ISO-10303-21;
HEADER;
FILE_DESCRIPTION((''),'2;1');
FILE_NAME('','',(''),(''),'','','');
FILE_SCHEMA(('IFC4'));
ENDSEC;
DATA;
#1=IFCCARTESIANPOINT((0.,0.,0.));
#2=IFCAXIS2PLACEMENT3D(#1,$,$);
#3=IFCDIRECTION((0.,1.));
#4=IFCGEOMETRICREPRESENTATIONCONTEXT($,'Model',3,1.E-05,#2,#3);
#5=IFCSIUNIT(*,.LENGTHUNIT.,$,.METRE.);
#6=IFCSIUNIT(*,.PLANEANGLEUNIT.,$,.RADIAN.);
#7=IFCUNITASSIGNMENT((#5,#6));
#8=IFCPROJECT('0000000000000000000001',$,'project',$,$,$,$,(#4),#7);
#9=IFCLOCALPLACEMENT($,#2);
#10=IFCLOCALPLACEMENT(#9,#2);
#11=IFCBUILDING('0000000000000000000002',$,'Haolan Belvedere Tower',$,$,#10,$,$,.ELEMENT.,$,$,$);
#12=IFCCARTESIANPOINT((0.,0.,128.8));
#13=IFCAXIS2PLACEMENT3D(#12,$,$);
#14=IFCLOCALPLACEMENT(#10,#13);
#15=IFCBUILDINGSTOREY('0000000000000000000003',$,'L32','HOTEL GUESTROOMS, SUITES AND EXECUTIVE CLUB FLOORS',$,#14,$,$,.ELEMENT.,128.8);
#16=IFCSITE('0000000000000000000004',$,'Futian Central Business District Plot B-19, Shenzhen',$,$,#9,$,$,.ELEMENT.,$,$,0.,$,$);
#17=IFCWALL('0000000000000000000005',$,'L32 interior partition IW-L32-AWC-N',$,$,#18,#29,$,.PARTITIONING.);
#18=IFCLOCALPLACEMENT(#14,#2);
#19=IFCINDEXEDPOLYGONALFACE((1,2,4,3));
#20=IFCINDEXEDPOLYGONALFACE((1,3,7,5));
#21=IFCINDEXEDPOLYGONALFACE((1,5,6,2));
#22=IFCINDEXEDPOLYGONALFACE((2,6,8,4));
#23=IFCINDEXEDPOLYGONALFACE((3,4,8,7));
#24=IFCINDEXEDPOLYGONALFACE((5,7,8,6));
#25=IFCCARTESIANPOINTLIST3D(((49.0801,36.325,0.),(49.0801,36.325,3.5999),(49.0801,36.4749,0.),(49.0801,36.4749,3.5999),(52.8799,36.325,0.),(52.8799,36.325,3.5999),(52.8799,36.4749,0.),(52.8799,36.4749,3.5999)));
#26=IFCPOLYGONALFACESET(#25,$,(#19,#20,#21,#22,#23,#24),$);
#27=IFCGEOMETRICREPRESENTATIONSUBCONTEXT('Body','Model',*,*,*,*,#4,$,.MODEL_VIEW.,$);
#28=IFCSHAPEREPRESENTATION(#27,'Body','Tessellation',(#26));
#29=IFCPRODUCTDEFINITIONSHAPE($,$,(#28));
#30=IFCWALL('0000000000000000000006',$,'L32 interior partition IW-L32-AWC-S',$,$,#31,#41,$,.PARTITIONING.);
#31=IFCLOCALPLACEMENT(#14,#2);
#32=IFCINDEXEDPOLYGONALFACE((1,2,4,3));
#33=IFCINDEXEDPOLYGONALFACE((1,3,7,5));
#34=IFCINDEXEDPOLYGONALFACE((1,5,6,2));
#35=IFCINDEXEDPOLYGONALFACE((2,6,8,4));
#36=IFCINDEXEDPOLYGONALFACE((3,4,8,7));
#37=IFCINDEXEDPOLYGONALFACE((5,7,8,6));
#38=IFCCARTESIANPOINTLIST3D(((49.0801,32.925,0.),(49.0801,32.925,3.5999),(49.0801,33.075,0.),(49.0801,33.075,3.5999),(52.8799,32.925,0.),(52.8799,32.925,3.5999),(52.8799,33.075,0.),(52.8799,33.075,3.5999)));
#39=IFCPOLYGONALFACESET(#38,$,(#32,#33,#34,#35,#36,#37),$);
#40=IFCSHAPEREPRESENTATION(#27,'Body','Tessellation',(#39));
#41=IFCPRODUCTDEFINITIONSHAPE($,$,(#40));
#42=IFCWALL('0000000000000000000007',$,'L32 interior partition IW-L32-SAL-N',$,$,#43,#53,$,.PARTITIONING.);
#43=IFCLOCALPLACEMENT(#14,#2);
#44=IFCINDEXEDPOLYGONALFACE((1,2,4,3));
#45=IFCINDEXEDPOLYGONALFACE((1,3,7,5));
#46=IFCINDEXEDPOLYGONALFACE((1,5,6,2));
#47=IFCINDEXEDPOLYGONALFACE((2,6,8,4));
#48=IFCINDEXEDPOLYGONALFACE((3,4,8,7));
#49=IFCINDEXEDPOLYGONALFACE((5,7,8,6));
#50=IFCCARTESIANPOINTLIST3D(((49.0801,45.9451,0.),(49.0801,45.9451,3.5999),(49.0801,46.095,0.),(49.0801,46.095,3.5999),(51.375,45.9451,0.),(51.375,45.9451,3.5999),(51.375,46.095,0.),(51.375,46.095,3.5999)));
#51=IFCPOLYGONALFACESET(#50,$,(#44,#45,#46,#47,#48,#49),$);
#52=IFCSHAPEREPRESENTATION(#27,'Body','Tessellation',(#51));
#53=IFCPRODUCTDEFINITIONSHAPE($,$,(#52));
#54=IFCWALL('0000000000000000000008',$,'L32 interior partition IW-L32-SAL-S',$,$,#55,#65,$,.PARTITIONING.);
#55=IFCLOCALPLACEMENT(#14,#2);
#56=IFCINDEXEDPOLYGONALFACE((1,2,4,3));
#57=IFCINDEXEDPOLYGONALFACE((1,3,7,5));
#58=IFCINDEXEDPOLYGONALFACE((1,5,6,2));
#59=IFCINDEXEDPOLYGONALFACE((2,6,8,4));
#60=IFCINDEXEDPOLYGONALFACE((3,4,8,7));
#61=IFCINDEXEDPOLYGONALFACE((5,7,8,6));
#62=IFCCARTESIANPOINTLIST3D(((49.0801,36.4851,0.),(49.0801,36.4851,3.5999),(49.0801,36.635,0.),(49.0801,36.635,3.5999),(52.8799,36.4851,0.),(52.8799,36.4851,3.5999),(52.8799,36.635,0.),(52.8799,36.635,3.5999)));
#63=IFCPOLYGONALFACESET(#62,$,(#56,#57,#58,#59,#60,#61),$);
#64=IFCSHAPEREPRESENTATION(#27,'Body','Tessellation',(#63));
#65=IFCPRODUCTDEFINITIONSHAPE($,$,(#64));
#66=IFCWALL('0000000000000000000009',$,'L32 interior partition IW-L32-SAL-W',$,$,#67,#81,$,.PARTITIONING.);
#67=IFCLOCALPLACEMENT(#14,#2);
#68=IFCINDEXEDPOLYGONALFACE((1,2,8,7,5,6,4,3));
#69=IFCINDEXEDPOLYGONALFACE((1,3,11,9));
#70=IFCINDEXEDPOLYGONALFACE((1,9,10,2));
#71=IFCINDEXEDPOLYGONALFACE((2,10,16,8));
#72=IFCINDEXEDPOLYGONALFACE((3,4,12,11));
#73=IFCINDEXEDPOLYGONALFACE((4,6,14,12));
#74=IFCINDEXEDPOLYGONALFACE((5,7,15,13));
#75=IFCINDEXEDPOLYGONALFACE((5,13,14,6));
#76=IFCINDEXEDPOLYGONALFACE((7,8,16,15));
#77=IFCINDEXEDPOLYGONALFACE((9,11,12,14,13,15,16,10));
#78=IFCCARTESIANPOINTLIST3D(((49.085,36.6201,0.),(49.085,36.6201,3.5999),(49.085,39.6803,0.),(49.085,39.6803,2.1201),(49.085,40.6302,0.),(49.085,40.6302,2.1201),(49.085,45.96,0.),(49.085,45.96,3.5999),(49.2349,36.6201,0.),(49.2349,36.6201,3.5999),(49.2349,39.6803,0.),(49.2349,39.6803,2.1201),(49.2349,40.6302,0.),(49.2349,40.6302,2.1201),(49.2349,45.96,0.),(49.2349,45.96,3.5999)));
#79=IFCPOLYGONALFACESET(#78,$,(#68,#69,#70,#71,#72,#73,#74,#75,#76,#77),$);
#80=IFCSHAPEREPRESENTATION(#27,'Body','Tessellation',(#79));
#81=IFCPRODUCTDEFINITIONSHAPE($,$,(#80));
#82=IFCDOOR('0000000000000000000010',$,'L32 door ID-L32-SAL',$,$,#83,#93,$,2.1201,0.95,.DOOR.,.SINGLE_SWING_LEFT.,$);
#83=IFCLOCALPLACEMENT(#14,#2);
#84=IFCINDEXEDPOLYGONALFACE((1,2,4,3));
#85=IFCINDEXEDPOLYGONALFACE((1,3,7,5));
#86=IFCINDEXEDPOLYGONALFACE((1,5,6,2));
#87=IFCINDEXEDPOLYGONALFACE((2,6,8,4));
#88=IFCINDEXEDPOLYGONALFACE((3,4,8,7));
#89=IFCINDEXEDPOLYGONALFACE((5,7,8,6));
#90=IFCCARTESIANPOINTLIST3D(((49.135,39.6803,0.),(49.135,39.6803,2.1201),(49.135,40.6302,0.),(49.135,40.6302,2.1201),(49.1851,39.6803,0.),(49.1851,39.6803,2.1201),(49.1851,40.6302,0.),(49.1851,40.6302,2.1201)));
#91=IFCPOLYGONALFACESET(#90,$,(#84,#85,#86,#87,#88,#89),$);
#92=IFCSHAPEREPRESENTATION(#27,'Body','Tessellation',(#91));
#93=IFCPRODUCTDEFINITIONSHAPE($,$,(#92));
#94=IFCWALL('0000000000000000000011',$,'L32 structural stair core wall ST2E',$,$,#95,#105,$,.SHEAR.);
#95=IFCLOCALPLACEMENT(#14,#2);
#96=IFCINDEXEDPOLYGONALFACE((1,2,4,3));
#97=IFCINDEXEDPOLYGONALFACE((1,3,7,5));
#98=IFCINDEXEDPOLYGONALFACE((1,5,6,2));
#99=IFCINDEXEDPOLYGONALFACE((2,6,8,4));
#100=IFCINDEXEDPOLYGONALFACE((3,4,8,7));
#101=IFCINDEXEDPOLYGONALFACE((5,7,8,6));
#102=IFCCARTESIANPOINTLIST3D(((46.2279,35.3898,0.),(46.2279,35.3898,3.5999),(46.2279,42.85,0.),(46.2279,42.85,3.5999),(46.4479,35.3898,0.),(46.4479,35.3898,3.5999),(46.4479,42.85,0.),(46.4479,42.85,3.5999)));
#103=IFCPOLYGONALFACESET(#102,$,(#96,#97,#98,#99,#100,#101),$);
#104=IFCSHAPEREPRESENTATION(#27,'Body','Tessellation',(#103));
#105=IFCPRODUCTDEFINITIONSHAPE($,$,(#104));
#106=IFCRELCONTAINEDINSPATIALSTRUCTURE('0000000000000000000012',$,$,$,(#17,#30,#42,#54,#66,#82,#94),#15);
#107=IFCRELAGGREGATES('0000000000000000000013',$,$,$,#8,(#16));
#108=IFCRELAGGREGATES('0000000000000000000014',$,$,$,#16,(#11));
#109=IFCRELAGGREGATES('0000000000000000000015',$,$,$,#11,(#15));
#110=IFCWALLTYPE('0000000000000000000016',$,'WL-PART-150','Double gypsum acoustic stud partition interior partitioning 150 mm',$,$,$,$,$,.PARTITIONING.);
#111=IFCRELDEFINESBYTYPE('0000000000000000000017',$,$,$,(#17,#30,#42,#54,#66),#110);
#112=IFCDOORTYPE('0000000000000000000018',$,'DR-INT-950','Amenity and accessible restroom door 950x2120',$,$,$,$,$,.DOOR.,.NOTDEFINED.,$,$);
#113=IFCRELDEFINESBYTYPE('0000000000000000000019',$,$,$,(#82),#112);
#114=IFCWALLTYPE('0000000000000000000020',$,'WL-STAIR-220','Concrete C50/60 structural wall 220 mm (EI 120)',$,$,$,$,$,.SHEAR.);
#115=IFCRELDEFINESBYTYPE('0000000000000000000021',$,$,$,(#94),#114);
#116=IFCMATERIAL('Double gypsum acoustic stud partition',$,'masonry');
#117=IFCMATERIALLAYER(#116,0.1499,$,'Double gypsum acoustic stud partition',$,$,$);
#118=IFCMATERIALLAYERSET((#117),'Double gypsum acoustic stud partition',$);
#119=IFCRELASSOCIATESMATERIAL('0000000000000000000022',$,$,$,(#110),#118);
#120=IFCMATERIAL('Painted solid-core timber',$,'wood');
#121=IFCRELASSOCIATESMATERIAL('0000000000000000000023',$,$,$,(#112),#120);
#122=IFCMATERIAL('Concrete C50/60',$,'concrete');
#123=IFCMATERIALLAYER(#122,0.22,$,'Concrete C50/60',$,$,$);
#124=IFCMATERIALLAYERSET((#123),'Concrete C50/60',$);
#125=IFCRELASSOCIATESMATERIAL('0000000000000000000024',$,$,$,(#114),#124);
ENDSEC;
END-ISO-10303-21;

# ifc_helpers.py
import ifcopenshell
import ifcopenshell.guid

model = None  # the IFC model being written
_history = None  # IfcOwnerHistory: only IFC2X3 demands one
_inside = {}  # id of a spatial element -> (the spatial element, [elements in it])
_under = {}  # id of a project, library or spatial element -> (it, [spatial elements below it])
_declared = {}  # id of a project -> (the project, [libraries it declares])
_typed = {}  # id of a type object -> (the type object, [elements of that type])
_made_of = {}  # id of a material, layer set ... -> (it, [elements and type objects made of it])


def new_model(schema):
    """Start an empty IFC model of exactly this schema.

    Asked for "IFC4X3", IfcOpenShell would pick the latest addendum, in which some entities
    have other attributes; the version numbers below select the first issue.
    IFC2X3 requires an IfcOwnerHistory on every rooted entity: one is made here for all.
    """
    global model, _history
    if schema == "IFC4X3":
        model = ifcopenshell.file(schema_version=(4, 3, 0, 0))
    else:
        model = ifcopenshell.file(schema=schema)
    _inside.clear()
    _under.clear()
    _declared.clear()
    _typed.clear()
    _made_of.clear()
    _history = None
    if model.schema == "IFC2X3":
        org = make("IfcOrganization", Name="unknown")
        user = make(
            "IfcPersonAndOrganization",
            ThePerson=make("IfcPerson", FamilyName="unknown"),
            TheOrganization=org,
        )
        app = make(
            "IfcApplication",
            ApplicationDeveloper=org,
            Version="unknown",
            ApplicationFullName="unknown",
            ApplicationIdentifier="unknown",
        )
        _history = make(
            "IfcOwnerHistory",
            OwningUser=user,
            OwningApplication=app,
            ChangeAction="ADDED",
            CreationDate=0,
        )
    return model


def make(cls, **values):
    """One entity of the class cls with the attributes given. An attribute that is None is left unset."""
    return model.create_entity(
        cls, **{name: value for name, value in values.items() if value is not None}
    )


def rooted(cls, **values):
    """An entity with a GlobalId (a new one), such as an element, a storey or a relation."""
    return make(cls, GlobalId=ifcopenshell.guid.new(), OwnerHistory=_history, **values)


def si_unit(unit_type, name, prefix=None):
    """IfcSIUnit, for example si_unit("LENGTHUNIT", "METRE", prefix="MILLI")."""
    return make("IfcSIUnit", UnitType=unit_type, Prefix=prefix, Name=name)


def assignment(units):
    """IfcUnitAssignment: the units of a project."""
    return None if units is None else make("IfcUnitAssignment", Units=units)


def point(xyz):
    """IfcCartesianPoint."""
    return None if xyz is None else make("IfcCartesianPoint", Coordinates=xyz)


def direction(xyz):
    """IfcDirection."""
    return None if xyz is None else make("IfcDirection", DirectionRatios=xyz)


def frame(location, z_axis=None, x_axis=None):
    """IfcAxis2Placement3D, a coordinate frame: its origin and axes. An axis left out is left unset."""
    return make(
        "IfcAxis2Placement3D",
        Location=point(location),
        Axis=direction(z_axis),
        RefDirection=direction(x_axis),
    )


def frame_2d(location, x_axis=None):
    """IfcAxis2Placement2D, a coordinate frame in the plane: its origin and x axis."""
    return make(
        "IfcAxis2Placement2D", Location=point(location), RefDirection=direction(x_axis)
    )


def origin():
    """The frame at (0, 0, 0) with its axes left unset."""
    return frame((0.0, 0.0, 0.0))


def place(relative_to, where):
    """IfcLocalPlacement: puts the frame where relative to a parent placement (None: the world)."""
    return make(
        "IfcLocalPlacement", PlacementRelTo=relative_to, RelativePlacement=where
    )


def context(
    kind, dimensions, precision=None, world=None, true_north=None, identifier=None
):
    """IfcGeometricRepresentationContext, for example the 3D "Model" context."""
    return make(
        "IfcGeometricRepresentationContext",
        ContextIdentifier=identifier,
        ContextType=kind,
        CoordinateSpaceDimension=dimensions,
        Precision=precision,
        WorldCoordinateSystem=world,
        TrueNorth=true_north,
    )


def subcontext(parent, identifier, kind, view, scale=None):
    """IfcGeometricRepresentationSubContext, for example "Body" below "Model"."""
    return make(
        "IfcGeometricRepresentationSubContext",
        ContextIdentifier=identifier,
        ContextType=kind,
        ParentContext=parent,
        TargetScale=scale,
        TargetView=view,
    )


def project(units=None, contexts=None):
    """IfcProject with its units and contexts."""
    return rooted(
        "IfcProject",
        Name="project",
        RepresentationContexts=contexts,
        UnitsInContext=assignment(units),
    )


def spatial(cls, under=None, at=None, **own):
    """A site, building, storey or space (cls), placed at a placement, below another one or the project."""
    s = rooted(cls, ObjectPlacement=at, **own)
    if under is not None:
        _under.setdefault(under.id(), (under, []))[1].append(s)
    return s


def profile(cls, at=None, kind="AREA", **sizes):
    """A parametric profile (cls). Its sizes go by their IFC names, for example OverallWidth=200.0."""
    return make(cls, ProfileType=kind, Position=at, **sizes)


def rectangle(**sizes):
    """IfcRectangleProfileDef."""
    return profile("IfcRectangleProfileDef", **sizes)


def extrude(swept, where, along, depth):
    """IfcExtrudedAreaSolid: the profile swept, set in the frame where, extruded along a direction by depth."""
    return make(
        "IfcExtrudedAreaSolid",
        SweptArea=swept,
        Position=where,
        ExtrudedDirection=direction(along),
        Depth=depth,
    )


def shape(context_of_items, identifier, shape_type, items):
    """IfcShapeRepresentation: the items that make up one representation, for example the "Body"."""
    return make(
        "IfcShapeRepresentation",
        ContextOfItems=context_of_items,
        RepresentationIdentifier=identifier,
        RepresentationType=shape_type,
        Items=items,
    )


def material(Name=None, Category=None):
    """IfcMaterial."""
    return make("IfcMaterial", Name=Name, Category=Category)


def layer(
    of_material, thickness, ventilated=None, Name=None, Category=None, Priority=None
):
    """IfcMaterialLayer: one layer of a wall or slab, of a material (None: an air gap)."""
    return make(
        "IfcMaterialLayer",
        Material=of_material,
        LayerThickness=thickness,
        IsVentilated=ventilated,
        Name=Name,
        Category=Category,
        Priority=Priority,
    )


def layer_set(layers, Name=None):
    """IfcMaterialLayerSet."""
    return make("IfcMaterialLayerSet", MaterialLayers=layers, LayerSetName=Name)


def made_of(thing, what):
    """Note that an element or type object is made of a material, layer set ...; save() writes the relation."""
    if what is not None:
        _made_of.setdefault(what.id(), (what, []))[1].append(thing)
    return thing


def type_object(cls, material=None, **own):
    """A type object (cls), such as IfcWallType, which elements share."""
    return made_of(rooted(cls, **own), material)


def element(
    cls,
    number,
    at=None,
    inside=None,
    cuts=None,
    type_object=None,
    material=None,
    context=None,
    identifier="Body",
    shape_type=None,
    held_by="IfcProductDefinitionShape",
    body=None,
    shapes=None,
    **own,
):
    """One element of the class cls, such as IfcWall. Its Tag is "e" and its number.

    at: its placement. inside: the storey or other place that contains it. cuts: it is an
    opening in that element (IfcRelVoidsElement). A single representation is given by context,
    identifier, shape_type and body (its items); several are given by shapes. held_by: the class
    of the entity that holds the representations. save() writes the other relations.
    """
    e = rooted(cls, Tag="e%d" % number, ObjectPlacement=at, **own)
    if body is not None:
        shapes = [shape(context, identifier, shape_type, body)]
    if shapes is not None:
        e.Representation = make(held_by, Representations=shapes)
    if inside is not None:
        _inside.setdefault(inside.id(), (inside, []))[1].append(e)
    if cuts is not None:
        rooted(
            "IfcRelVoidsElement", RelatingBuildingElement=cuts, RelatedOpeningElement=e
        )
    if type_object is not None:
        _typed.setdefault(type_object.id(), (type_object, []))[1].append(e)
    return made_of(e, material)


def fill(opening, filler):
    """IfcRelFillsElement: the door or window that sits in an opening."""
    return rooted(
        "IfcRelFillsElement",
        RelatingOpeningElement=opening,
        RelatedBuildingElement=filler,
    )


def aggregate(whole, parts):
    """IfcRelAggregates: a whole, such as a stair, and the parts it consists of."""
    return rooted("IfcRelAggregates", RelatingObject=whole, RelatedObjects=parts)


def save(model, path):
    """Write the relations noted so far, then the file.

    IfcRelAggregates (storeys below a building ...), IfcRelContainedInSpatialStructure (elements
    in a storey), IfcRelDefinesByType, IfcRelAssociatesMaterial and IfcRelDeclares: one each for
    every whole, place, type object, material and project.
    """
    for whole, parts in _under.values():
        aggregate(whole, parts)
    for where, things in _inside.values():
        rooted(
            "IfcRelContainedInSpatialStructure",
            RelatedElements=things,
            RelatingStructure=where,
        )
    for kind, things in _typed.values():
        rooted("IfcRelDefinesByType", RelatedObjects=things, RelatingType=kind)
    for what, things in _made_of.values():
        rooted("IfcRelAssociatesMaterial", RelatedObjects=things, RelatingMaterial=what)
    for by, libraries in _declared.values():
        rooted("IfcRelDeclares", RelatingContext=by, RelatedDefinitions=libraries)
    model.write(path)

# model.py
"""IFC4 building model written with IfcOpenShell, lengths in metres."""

from ifc_helpers import new_model, si_unit, direction, frame, frame_2d, origin, place, context, subcontext, project, spatial, rectangle, extrude, material, layer, layer_set, type_object, element, fill, save


model = new_model("IFC4")

# Units and contexts
model_context = context("Model", 3, precision=1e-05, world=origin(), true_north=direction((0.0, 1.0)))
body_context = subcontext(model_context, "Body", "Model", "MODEL_VIEW")
ifc_project = project(units=[si_unit("LENGTHUNIT", "METRE"), si_unit("PLANEANGLEUNIT", "RADIAN")], contexts=[model_context])

# Site, building, storey
site_placement = place(None, origin())
site = spatial("IfcSite", under=ifc_project, at=site_placement, Name="Futian Central Business District Plot B-19, Shenzhen", CompositionType="ELEMENT", RefElevation=0.0)
building_placement = place(site_placement, origin())
building = spatial("IfcBuilding", under=site, at=building_placement, Name="Haolan Belvedere Tower", CompositionType="ELEMENT")
storey_placement = place(building_placement, frame((0.0, 0.0, 128.8)))
storey = spatial("IfcBuildingStorey", under=building, at=storey_placement, Name="L32", Description="HOTEL GUESTROOMS, SUITES AND EXECUTIVE CLUB FLOORS", CompositionType="ELEMENT", Elevation=128.8)

# Walls
ifc_material_1 = material(Name="Double gypsum acoustic stud partition", Category="masonry")
ifc_layer_1 = layer(ifc_material_1, 0.1499, Name="Double gypsum acoustic stud partition")
ifc_layer_set_1 = layer_set([ifc_layer_1], Name="Double gypsum acoustic stud partition")
wall_type_1 = type_object("IfcWallType", Name="WL-PART-150", Description="Double gypsum acoustic stud partition interior partitioning 150 mm", PredefinedType="PARTITIONING", material=ifc_layer_set_1)
for number, where, z_axis, x_axis, name in (
    (1, (49.0801, 36.3999, 0.0), (0.0, 0.0, 1.0), (1.0, 0.0, 0.0), "L32 interior partition IW-L32-AWC-N"),
    (2, (49.0801, 33.0, 0.0), (0.0, 0.0, 1.0), (1.0, 0.0, 0.0), "L32 interior partition IW-L32-AWC-S"),
):
    element("IfcWall", number, at=place(storey_placement, frame(where, z_axis=z_axis, x_axis=x_axis)), inside=storey, type_object=wall_type_1, Name=name, PredefinedType="PARTITIONING", context=body_context, shape_type="SweptSolid", body=[
        extrude(rectangle(XDim=3.7998, YDim=0.1499, at=frame_2d((1.8999, 0.0))), origin(), (0.0, 0.0, 1.0), 3.5999),
    ])

# Shared definitions
ifc_material_2 = material(Name="Painted solid-core timber", Category="wood")
door_type = type_object("IfcDoorType", Name="DR-INT-950", Description="Amenity and accessible restroom door 950x2120", OperationType="NOTDEFINED", PredefinedType="DOOR", material=ifc_material_2)

# Walls
wall_1_placement = place(storey_placement, frame((49.0801, 46.02, 0.0), z_axis=(0.0, 0.0, 1.0), x_axis=(1.0, 0.0, 0.0)))
element("IfcWall", 3, at=wall_1_placement, inside=storey, type_object=wall_type_1, Name="L32 interior partition IW-L32-SAL-N", PredefinedType="PARTITIONING", context=body_context, shape_type="SweptSolid", body=[
    extrude(rectangle(XDim=2.2949, YDim=0.1499, at=frame_2d((1.1475, 0.0))), origin(), (0.0, 0.0, 1.0), 3.5999),
])
wall_2_placement = place(storey_placement, frame((49.0801, 36.5601, 0.0), z_axis=(0.0, 0.0, 1.0), x_axis=(1.0, 0.0, 0.0)))
element("IfcWall", 4, at=wall_2_placement, inside=storey, type_object=wall_type_1, Name="L32 interior partition IW-L32-SAL-S", PredefinedType="PARTITIONING", context=body_context, shape_type="SweptSolid", body=[
    extrude(rectangle(XDim=3.7998, YDim=0.1499, at=frame_2d((1.8999, 0.0))), origin(), (0.0, 0.0, 1.0), 3.5999),
])

# Wall, opening, door
wall_3_placement = place(storey_placement, frame((49.1599, 36.6201, 0.0), z_axis=(0.0, 0.0, 1.0), x_axis=(0.0, 1.0, 0.0)))
wall_3 = element("IfcWall", 5, at=wall_3_placement, inside=storey, type_object=wall_type_1, Name="L32 interior partition IW-L32-SAL-W", PredefinedType="PARTITIONING", context=body_context, shape_type="SweptSolid", body=[
    extrude(rectangle(XDim=9.3398, YDim=0.1499, at=frame_2d((4.6699, 0.0))), origin(), (0.0, 0.0, 1.0), 3.5999),
])
opening_1_placement = place(wall_3_placement, frame((3.0601, 0.0, 0.0)))
opening_1 = element("IfcOpeningElement", 6, at=opening_1_placement, cuts=wall_3, PredefinedType="OPENING", context=body_context, shape_type="SweptSolid", body=[
    extrude(rectangle(XDim=0.95, YDim=2.1201, at=frame_2d((0.4751, 1.0601))), frame((0.0, 0.085, 0.0), z_axis=(0.0, -1.0, 0.0), x_axis=(1.0, 0.0, 0.0)), (0.0, 0.0, 1.0), 0.1699),
])
door_1_placement = place(opening_1_placement, origin())
door_1 = element("IfcDoor", 7, at=door_1_placement, inside=storey, type_object=door_type, Name="L32 door ID-L32-SAL", OperationType="SINGLE_SWING_LEFT", OverallHeight=2.1201, OverallWidth=0.95, PredefinedType="DOOR", context=body_context, shape_type="SweptSolid", body=[
    extrude(rectangle(XDim=0.95, YDim=2.1201, at=frame_2d((0.4751, 1.0601))), frame((0.0, 0.0249, 0.0), z_axis=(0.0, -1.0, 0.0), x_axis=(1.0, 0.0, 0.0)), (0.0, 0.0, 1.0), 0.05),
])
fill(opening_1, door_1)

# Wall
ifc_material_3 = material(Name="Concrete C50/60", Category="concrete")
ifc_layer_2 = layer(ifc_material_3, 0.22, Name="Concrete C50/60")
ifc_layer_set_2 = layer_set([ifc_layer_2], Name="Concrete C50/60")
wall_type_2 = type_object("IfcWallType", Name="WL-STAIR-220", Description="Concrete C50/60 structural wall 220 mm (EI 120)", PredefinedType="SHEAR", material=ifc_layer_set_2)
wall_4_placement = place(storey_placement, frame((46.3379, 35.3899, 0.0), z_axis=(0.0, 0.0, 1.0), x_axis=(0.0, 1.0, 0.0)))
element("IfcWall", 8, at=wall_4_placement, inside=storey, type_object=wall_type_2, Name="L32 structural stair core wall ST2E", PredefinedType="SHEAR", context=body_context, shape_type="SweptSolid", body=[
    extrude(rectangle(XDim=7.4602, YDim=0.22, at=frame_2d((3.73, 0.0))), origin(), (0.0, 0.0, 1.0), 3.5999),
])

save(model, "model.ifc")
